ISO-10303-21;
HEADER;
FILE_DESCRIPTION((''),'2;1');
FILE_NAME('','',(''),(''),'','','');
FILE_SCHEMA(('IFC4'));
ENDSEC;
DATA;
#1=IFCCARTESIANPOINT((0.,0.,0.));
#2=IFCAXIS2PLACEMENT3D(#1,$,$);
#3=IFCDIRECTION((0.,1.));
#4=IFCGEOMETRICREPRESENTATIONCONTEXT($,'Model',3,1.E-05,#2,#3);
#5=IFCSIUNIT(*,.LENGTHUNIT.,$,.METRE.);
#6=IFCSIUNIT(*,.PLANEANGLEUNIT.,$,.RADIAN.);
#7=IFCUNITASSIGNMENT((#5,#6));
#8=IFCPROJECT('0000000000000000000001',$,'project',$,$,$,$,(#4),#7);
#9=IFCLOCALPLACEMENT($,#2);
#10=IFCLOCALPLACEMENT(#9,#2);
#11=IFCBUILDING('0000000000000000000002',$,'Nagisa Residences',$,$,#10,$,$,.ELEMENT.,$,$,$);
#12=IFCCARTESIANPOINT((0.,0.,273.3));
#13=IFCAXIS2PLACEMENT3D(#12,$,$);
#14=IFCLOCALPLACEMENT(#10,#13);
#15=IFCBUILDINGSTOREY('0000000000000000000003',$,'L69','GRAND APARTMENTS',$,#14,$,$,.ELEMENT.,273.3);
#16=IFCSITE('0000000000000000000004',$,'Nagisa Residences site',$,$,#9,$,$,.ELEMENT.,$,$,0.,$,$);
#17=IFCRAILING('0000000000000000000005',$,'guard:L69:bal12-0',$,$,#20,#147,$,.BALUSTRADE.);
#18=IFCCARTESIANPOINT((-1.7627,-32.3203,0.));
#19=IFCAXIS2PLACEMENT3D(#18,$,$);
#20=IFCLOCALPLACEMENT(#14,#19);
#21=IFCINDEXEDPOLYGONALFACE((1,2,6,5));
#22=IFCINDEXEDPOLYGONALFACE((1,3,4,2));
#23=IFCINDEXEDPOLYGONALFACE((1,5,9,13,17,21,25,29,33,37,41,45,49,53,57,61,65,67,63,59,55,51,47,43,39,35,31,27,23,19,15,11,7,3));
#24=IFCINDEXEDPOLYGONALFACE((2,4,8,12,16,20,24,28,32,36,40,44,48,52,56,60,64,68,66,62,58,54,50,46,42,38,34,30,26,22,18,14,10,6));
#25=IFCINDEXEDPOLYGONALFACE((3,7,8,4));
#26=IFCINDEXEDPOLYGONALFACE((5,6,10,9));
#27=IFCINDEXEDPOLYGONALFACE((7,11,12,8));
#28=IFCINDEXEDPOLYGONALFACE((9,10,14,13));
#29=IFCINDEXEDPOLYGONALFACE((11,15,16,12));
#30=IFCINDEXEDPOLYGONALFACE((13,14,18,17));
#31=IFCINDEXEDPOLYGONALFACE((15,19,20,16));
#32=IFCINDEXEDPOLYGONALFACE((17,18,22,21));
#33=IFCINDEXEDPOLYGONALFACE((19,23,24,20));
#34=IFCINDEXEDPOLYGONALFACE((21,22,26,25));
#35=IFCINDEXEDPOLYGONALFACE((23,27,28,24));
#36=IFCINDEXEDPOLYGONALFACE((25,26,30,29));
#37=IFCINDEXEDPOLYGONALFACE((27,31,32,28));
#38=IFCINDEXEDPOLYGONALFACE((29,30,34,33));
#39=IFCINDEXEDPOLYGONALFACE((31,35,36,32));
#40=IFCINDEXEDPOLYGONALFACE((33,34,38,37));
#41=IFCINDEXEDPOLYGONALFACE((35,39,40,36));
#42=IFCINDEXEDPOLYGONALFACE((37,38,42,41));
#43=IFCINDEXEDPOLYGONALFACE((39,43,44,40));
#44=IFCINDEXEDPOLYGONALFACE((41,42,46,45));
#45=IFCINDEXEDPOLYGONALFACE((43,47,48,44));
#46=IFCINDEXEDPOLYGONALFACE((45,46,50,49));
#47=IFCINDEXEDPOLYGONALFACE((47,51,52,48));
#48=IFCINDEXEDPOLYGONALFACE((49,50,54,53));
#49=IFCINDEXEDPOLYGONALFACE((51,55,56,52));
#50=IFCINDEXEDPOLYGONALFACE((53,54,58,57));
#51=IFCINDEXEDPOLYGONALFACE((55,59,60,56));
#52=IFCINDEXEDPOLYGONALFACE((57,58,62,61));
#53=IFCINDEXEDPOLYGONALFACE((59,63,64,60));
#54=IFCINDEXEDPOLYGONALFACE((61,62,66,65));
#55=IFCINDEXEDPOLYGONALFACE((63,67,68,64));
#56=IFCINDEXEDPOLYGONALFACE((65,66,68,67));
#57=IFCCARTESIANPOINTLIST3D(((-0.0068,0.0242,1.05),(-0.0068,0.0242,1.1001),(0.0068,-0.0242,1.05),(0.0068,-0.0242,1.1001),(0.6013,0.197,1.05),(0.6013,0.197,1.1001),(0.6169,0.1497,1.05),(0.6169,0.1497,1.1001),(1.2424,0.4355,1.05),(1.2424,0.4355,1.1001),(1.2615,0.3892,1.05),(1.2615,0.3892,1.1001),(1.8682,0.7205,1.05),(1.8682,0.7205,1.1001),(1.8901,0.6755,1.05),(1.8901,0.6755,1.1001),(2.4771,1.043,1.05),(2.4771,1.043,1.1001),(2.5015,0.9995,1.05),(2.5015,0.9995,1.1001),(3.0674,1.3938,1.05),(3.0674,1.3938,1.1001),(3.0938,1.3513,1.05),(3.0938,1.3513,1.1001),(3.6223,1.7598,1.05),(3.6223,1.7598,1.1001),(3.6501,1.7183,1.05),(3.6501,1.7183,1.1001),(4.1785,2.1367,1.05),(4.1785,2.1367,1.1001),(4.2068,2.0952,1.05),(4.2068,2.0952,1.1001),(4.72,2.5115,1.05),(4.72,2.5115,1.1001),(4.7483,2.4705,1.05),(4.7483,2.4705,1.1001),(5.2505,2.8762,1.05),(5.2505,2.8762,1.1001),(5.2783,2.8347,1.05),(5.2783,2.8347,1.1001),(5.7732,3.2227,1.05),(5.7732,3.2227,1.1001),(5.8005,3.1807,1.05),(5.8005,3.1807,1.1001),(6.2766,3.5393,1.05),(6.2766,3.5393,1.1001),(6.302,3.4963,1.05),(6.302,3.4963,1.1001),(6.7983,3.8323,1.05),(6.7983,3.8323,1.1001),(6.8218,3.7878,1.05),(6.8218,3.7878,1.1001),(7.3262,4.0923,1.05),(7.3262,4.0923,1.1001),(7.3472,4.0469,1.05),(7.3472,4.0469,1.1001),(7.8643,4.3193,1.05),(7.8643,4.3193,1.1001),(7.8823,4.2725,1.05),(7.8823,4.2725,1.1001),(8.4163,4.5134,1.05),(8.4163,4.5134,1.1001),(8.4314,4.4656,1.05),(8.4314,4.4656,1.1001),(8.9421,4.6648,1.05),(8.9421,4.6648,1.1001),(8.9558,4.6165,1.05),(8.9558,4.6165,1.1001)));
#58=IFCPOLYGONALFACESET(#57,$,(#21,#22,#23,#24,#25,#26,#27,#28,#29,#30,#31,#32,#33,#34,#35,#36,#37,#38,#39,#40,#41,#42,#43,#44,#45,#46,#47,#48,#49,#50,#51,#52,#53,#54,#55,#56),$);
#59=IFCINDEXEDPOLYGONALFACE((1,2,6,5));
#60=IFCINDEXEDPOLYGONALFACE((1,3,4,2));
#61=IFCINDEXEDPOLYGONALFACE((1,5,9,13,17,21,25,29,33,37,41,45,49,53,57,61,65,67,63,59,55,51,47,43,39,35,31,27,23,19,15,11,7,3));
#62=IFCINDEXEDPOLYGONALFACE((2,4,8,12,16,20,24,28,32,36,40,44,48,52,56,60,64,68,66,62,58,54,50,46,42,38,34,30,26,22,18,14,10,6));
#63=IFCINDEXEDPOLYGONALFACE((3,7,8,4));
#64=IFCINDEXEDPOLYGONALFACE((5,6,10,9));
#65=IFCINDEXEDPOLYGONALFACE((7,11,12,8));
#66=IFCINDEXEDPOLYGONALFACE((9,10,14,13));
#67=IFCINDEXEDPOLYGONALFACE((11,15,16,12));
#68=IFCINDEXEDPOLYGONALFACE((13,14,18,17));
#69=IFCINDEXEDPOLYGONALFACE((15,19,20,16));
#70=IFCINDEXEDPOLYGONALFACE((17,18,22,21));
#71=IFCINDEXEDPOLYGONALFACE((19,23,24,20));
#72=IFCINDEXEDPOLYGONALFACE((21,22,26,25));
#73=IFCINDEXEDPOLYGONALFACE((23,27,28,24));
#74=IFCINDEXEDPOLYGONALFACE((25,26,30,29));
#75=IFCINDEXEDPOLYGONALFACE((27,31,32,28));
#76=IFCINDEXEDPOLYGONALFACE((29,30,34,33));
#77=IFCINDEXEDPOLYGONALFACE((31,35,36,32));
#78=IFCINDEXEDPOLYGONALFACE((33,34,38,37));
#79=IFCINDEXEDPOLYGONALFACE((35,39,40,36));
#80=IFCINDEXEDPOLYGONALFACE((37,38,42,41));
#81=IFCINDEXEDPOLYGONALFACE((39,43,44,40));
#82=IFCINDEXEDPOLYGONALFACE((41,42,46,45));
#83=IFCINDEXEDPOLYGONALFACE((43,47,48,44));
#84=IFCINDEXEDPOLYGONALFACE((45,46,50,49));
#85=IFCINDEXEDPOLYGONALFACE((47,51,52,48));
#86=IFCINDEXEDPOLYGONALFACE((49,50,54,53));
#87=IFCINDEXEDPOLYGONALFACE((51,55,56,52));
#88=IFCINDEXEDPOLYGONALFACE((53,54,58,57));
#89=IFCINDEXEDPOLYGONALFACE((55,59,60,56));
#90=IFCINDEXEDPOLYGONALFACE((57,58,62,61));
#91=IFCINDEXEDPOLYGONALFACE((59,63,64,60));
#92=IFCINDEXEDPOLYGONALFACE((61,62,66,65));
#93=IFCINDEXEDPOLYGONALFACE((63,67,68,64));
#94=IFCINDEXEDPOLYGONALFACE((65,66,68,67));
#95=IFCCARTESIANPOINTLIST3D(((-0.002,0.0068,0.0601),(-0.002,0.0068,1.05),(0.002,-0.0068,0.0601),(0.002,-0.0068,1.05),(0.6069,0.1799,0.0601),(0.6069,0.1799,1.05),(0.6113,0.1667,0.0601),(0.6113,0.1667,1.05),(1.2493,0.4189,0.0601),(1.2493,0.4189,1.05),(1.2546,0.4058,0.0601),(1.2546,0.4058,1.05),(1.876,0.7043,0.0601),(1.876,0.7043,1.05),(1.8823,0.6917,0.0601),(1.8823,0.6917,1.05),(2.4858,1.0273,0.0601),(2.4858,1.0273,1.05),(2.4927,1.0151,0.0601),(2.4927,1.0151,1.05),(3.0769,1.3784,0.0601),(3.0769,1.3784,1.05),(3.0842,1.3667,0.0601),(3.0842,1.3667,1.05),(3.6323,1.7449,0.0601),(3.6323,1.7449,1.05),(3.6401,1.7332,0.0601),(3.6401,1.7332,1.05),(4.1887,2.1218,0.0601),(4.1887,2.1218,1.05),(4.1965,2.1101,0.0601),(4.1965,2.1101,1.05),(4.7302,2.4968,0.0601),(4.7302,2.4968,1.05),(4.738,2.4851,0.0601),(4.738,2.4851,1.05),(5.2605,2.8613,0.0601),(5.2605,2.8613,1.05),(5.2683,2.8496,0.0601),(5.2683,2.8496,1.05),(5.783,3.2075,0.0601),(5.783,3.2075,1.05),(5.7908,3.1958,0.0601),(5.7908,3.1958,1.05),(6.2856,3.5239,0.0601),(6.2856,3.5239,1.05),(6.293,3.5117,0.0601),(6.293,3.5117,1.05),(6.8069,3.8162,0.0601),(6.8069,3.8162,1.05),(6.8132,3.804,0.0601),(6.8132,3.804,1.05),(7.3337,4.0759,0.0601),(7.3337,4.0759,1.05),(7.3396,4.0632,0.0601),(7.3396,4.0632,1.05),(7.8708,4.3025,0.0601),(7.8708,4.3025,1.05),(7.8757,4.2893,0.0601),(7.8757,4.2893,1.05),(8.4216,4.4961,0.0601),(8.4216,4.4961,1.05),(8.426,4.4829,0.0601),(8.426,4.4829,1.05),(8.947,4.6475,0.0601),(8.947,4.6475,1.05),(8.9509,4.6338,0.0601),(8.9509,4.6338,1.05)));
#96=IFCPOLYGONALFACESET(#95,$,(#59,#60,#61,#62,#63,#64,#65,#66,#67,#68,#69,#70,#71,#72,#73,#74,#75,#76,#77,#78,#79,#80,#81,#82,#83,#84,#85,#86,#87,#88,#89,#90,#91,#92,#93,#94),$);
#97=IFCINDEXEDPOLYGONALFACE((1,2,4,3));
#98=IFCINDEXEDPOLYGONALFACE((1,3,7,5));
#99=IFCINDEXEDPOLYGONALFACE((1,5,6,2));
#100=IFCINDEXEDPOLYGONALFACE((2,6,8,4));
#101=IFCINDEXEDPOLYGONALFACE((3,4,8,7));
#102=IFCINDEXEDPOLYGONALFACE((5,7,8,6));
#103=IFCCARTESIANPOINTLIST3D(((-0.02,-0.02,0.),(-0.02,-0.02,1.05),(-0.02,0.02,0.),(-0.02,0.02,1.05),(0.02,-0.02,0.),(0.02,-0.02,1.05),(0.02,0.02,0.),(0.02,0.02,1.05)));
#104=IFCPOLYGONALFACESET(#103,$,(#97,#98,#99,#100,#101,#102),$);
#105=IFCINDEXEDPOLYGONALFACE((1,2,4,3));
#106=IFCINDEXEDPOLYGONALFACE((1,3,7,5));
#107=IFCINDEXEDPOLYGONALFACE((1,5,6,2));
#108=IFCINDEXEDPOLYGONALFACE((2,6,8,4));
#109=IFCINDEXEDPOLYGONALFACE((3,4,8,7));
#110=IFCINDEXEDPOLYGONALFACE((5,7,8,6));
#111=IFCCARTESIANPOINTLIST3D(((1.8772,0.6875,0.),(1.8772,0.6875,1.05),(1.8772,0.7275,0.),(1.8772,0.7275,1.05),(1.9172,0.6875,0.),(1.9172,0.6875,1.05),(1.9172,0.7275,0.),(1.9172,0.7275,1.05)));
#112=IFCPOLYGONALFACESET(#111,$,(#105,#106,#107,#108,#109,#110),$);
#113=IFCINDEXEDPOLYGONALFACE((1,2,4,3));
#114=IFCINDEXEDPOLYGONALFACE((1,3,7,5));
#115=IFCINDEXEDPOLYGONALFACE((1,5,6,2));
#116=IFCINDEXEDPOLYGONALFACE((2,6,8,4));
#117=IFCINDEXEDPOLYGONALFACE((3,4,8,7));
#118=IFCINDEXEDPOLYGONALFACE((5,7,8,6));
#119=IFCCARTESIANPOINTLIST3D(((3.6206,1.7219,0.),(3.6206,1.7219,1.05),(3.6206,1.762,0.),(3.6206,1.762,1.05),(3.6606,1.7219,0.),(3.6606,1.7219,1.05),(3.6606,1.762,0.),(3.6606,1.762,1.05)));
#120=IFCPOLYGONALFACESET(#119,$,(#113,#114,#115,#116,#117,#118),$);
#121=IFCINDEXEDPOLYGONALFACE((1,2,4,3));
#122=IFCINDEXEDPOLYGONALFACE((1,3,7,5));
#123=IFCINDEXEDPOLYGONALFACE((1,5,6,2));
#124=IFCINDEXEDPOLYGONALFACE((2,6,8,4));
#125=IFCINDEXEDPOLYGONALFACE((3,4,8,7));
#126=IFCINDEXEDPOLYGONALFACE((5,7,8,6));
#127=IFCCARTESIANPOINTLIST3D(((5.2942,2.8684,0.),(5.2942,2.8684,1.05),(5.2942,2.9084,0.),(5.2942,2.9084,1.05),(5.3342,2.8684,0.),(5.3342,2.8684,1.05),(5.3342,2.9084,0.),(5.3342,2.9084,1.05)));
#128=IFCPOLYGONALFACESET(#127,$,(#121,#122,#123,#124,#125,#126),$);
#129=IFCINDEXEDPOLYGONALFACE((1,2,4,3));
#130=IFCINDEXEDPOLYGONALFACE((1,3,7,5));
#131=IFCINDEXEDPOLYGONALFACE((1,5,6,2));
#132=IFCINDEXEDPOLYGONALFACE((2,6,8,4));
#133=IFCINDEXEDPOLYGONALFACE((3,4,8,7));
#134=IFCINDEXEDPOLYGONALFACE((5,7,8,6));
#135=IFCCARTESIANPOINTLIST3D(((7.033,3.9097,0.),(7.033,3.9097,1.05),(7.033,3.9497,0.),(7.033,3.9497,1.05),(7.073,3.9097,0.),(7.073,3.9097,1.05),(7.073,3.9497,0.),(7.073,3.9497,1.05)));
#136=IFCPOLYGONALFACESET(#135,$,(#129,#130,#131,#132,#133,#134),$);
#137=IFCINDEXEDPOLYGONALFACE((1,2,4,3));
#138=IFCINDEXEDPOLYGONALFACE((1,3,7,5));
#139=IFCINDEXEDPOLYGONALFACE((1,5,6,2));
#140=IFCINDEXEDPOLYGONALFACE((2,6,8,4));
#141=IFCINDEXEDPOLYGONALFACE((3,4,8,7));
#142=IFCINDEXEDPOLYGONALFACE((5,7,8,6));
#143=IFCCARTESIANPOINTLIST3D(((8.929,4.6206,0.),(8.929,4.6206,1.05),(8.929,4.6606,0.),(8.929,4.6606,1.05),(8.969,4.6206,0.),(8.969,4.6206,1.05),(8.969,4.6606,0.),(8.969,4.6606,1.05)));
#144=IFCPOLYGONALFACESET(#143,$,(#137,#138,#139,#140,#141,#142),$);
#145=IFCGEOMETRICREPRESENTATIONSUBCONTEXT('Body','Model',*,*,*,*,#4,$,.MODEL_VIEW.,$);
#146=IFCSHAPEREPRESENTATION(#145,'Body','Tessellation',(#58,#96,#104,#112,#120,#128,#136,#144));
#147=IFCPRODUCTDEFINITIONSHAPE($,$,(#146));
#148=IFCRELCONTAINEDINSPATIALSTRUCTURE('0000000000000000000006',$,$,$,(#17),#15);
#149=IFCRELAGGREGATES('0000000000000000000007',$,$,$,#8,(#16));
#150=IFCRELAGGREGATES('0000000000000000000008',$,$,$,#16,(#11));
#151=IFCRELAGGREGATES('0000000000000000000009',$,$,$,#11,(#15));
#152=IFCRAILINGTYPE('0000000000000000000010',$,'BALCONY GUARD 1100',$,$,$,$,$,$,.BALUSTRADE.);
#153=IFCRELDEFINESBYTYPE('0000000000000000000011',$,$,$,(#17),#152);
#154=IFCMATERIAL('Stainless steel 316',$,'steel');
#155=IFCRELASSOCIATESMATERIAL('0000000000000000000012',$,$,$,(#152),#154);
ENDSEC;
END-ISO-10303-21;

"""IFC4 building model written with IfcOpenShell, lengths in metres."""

from ifc_helpers import new_model, si_unit, direction, frame, origin, origin_2d, place, context, subcontext, project, spatial, polyline, rectangle, outline, extrude, material, type_object, element, save


model = new_model("IFC4")

# Units and contexts
model_context = context("Model", 3, precision=1e-05, world=origin(), true_north=direction((0.0, 1.0)))
body_context = subcontext(model_context, "Body", "Model", "MODEL_VIEW")
ifc_project = project(units=[si_unit("LENGTHUNIT", "METRE"), si_unit("PLANEANGLEUNIT", "RADIAN")], contexts=[model_context])

# Site, building, storey
site_placement = place(None, origin())
site = spatial("IfcSite", under=ifc_project, at=site_placement, Name="Nagisa Residences site", CompositionType="ELEMENT", RefElevation=0.0)
building_placement = place(site_placement, origin())
building = spatial("IfcBuilding", under=site, at=building_placement, Name="Nagisa Residences", CompositionType="ELEMENT")
storey_placement = place(building_placement, frame((0.0, 0.0, 273.3)))
storey = spatial("IfcBuildingStorey", under=building, at=storey_placement, Name="L69", Description="GRAND APARTMENTS", CompositionType="ELEMENT", Elevation=273.3)

# Railing
ifc_material_1 = material(Name="Stainless steel 316", Category="steel")
railing_type = type_object("IfcRailingType", Name="BALCONY GUARD 1100", PredefinedType="BALUSTRADE", material=ifc_material_1)
railing_placement = place(storey_placement, frame((-1.7627, -32.3203, 0.0)))
element("IfcRailing", 1, at=railing_placement, inside=storey, type_object=railing_type, Name="guard:L69:bal12-0", PredefinedType="BALUSTRADE", context=body_context, shape_type="SweptSolid", body=[
    extrude(outline(polyline([(0.6013, 0.197), (-0.0068, 0.0242), (0.0068, -0.0242), (0.6169, 0.1497), (1.2615, 0.3892), (1.8901, 0.6755), (2.5015, 0.9995), (3.0938, 1.3513), (3.6501, 1.7183), (4.2068, 2.0952), (4.7483, 2.4705), (5.2783, 2.8347), (5.8005, 3.1807), (6.302, 3.4963), (6.8218, 3.7878), (7.3472, 4.0469), (7.8823, 4.2725), (8.4314, 4.4656), (8.9558, 4.6165), (8.9421, 4.6648), (8.4163, 4.5134), (7.8643, 4.3193), (7.3262, 4.0923), (6.7983, 3.8323), (6.2766, 3.5393), (5.7732, 3.2227), (5.2505, 2.8762), (4.72, 2.5115), (4.1785, 2.1367), (3.6223, 1.7598), (3.0674, 1.3938), (2.4771, 1.043), (1.8682, 0.7205), (1.2424, 0.4355), (0.6013, 0.197)])), frame((0.0, 0.0, 1.05)), (0.0, 0.0, 1.0), 0.05),
    extrude(outline(polyline([(0.6069, 0.1799), (-0.002, 0.0068), (0.002, -0.0068), (0.6113, 0.1667), (1.2546, 0.4058), (1.8823, 0.6917), (2.4927, 1.0151), (3.0842, 1.3667), (3.6401, 1.7332), (4.1965, 2.1101), (4.738, 2.4851), (5.2683, 2.8496), (5.7908, 3.1958), (6.293, 3.5117), (6.8132, 3.804), (7.3396, 4.0632), (7.8757, 4.2893), (8.426, 4.4829), (8.9509, 4.6338), (8.947, 4.6475), (8.4216, 4.4961), (7.8708, 4.3025), (7.3337, 4.0759), (6.8069, 3.8162), (6.2856, 3.5239), (5.783, 3.2075), (5.2605, 2.8613), (4.7302, 2.4968), (4.1887, 2.1218), (3.6323, 1.7449), (3.0769, 1.3784), (2.4858, 1.0273), (1.876, 0.7043), (1.2493, 0.4189), (0.6069, 0.1799)])), frame((0.0, 0.0, 0.0601)), (0.0, 0.0, 1.0), 0.99),
    extrude(rectangle(XDim=0.04, YDim=0.04, at=origin_2d()), origin(), (0.0, 0.0, 1.0), 1.05),
    extrude(rectangle(XDim=0.04, YDim=0.04, at=origin_2d()), frame((1.8972, 0.7075, 0.0)), (0.0, 0.0, 1.0), 1.05),
    extrude(rectangle(XDim=0.04, YDim=0.04, at=origin_2d()), frame((3.6406, 1.7419, 0.0)), (0.0, 0.0, 1.0), 1.05),
    extrude(rectangle(XDim=0.04, YDim=0.04, at=origin_2d()), frame((5.3142, 2.8884, 0.0)), (0.0, 0.0, 1.0), 1.05),
    extrude(rectangle(XDim=0.04, YDim=0.04, at=origin_2d()), frame((7.053, 3.9297, 0.0)), (0.0, 0.0, 1.0), 1.05),
    extrude(rectangle(XDim=0.04, YDim=0.04, at=origin_2d()), frame((8.949, 4.6406, 0.0)), (0.0, 0.0, 1.0), 1.05),
])

save(model, "model.ifc")
